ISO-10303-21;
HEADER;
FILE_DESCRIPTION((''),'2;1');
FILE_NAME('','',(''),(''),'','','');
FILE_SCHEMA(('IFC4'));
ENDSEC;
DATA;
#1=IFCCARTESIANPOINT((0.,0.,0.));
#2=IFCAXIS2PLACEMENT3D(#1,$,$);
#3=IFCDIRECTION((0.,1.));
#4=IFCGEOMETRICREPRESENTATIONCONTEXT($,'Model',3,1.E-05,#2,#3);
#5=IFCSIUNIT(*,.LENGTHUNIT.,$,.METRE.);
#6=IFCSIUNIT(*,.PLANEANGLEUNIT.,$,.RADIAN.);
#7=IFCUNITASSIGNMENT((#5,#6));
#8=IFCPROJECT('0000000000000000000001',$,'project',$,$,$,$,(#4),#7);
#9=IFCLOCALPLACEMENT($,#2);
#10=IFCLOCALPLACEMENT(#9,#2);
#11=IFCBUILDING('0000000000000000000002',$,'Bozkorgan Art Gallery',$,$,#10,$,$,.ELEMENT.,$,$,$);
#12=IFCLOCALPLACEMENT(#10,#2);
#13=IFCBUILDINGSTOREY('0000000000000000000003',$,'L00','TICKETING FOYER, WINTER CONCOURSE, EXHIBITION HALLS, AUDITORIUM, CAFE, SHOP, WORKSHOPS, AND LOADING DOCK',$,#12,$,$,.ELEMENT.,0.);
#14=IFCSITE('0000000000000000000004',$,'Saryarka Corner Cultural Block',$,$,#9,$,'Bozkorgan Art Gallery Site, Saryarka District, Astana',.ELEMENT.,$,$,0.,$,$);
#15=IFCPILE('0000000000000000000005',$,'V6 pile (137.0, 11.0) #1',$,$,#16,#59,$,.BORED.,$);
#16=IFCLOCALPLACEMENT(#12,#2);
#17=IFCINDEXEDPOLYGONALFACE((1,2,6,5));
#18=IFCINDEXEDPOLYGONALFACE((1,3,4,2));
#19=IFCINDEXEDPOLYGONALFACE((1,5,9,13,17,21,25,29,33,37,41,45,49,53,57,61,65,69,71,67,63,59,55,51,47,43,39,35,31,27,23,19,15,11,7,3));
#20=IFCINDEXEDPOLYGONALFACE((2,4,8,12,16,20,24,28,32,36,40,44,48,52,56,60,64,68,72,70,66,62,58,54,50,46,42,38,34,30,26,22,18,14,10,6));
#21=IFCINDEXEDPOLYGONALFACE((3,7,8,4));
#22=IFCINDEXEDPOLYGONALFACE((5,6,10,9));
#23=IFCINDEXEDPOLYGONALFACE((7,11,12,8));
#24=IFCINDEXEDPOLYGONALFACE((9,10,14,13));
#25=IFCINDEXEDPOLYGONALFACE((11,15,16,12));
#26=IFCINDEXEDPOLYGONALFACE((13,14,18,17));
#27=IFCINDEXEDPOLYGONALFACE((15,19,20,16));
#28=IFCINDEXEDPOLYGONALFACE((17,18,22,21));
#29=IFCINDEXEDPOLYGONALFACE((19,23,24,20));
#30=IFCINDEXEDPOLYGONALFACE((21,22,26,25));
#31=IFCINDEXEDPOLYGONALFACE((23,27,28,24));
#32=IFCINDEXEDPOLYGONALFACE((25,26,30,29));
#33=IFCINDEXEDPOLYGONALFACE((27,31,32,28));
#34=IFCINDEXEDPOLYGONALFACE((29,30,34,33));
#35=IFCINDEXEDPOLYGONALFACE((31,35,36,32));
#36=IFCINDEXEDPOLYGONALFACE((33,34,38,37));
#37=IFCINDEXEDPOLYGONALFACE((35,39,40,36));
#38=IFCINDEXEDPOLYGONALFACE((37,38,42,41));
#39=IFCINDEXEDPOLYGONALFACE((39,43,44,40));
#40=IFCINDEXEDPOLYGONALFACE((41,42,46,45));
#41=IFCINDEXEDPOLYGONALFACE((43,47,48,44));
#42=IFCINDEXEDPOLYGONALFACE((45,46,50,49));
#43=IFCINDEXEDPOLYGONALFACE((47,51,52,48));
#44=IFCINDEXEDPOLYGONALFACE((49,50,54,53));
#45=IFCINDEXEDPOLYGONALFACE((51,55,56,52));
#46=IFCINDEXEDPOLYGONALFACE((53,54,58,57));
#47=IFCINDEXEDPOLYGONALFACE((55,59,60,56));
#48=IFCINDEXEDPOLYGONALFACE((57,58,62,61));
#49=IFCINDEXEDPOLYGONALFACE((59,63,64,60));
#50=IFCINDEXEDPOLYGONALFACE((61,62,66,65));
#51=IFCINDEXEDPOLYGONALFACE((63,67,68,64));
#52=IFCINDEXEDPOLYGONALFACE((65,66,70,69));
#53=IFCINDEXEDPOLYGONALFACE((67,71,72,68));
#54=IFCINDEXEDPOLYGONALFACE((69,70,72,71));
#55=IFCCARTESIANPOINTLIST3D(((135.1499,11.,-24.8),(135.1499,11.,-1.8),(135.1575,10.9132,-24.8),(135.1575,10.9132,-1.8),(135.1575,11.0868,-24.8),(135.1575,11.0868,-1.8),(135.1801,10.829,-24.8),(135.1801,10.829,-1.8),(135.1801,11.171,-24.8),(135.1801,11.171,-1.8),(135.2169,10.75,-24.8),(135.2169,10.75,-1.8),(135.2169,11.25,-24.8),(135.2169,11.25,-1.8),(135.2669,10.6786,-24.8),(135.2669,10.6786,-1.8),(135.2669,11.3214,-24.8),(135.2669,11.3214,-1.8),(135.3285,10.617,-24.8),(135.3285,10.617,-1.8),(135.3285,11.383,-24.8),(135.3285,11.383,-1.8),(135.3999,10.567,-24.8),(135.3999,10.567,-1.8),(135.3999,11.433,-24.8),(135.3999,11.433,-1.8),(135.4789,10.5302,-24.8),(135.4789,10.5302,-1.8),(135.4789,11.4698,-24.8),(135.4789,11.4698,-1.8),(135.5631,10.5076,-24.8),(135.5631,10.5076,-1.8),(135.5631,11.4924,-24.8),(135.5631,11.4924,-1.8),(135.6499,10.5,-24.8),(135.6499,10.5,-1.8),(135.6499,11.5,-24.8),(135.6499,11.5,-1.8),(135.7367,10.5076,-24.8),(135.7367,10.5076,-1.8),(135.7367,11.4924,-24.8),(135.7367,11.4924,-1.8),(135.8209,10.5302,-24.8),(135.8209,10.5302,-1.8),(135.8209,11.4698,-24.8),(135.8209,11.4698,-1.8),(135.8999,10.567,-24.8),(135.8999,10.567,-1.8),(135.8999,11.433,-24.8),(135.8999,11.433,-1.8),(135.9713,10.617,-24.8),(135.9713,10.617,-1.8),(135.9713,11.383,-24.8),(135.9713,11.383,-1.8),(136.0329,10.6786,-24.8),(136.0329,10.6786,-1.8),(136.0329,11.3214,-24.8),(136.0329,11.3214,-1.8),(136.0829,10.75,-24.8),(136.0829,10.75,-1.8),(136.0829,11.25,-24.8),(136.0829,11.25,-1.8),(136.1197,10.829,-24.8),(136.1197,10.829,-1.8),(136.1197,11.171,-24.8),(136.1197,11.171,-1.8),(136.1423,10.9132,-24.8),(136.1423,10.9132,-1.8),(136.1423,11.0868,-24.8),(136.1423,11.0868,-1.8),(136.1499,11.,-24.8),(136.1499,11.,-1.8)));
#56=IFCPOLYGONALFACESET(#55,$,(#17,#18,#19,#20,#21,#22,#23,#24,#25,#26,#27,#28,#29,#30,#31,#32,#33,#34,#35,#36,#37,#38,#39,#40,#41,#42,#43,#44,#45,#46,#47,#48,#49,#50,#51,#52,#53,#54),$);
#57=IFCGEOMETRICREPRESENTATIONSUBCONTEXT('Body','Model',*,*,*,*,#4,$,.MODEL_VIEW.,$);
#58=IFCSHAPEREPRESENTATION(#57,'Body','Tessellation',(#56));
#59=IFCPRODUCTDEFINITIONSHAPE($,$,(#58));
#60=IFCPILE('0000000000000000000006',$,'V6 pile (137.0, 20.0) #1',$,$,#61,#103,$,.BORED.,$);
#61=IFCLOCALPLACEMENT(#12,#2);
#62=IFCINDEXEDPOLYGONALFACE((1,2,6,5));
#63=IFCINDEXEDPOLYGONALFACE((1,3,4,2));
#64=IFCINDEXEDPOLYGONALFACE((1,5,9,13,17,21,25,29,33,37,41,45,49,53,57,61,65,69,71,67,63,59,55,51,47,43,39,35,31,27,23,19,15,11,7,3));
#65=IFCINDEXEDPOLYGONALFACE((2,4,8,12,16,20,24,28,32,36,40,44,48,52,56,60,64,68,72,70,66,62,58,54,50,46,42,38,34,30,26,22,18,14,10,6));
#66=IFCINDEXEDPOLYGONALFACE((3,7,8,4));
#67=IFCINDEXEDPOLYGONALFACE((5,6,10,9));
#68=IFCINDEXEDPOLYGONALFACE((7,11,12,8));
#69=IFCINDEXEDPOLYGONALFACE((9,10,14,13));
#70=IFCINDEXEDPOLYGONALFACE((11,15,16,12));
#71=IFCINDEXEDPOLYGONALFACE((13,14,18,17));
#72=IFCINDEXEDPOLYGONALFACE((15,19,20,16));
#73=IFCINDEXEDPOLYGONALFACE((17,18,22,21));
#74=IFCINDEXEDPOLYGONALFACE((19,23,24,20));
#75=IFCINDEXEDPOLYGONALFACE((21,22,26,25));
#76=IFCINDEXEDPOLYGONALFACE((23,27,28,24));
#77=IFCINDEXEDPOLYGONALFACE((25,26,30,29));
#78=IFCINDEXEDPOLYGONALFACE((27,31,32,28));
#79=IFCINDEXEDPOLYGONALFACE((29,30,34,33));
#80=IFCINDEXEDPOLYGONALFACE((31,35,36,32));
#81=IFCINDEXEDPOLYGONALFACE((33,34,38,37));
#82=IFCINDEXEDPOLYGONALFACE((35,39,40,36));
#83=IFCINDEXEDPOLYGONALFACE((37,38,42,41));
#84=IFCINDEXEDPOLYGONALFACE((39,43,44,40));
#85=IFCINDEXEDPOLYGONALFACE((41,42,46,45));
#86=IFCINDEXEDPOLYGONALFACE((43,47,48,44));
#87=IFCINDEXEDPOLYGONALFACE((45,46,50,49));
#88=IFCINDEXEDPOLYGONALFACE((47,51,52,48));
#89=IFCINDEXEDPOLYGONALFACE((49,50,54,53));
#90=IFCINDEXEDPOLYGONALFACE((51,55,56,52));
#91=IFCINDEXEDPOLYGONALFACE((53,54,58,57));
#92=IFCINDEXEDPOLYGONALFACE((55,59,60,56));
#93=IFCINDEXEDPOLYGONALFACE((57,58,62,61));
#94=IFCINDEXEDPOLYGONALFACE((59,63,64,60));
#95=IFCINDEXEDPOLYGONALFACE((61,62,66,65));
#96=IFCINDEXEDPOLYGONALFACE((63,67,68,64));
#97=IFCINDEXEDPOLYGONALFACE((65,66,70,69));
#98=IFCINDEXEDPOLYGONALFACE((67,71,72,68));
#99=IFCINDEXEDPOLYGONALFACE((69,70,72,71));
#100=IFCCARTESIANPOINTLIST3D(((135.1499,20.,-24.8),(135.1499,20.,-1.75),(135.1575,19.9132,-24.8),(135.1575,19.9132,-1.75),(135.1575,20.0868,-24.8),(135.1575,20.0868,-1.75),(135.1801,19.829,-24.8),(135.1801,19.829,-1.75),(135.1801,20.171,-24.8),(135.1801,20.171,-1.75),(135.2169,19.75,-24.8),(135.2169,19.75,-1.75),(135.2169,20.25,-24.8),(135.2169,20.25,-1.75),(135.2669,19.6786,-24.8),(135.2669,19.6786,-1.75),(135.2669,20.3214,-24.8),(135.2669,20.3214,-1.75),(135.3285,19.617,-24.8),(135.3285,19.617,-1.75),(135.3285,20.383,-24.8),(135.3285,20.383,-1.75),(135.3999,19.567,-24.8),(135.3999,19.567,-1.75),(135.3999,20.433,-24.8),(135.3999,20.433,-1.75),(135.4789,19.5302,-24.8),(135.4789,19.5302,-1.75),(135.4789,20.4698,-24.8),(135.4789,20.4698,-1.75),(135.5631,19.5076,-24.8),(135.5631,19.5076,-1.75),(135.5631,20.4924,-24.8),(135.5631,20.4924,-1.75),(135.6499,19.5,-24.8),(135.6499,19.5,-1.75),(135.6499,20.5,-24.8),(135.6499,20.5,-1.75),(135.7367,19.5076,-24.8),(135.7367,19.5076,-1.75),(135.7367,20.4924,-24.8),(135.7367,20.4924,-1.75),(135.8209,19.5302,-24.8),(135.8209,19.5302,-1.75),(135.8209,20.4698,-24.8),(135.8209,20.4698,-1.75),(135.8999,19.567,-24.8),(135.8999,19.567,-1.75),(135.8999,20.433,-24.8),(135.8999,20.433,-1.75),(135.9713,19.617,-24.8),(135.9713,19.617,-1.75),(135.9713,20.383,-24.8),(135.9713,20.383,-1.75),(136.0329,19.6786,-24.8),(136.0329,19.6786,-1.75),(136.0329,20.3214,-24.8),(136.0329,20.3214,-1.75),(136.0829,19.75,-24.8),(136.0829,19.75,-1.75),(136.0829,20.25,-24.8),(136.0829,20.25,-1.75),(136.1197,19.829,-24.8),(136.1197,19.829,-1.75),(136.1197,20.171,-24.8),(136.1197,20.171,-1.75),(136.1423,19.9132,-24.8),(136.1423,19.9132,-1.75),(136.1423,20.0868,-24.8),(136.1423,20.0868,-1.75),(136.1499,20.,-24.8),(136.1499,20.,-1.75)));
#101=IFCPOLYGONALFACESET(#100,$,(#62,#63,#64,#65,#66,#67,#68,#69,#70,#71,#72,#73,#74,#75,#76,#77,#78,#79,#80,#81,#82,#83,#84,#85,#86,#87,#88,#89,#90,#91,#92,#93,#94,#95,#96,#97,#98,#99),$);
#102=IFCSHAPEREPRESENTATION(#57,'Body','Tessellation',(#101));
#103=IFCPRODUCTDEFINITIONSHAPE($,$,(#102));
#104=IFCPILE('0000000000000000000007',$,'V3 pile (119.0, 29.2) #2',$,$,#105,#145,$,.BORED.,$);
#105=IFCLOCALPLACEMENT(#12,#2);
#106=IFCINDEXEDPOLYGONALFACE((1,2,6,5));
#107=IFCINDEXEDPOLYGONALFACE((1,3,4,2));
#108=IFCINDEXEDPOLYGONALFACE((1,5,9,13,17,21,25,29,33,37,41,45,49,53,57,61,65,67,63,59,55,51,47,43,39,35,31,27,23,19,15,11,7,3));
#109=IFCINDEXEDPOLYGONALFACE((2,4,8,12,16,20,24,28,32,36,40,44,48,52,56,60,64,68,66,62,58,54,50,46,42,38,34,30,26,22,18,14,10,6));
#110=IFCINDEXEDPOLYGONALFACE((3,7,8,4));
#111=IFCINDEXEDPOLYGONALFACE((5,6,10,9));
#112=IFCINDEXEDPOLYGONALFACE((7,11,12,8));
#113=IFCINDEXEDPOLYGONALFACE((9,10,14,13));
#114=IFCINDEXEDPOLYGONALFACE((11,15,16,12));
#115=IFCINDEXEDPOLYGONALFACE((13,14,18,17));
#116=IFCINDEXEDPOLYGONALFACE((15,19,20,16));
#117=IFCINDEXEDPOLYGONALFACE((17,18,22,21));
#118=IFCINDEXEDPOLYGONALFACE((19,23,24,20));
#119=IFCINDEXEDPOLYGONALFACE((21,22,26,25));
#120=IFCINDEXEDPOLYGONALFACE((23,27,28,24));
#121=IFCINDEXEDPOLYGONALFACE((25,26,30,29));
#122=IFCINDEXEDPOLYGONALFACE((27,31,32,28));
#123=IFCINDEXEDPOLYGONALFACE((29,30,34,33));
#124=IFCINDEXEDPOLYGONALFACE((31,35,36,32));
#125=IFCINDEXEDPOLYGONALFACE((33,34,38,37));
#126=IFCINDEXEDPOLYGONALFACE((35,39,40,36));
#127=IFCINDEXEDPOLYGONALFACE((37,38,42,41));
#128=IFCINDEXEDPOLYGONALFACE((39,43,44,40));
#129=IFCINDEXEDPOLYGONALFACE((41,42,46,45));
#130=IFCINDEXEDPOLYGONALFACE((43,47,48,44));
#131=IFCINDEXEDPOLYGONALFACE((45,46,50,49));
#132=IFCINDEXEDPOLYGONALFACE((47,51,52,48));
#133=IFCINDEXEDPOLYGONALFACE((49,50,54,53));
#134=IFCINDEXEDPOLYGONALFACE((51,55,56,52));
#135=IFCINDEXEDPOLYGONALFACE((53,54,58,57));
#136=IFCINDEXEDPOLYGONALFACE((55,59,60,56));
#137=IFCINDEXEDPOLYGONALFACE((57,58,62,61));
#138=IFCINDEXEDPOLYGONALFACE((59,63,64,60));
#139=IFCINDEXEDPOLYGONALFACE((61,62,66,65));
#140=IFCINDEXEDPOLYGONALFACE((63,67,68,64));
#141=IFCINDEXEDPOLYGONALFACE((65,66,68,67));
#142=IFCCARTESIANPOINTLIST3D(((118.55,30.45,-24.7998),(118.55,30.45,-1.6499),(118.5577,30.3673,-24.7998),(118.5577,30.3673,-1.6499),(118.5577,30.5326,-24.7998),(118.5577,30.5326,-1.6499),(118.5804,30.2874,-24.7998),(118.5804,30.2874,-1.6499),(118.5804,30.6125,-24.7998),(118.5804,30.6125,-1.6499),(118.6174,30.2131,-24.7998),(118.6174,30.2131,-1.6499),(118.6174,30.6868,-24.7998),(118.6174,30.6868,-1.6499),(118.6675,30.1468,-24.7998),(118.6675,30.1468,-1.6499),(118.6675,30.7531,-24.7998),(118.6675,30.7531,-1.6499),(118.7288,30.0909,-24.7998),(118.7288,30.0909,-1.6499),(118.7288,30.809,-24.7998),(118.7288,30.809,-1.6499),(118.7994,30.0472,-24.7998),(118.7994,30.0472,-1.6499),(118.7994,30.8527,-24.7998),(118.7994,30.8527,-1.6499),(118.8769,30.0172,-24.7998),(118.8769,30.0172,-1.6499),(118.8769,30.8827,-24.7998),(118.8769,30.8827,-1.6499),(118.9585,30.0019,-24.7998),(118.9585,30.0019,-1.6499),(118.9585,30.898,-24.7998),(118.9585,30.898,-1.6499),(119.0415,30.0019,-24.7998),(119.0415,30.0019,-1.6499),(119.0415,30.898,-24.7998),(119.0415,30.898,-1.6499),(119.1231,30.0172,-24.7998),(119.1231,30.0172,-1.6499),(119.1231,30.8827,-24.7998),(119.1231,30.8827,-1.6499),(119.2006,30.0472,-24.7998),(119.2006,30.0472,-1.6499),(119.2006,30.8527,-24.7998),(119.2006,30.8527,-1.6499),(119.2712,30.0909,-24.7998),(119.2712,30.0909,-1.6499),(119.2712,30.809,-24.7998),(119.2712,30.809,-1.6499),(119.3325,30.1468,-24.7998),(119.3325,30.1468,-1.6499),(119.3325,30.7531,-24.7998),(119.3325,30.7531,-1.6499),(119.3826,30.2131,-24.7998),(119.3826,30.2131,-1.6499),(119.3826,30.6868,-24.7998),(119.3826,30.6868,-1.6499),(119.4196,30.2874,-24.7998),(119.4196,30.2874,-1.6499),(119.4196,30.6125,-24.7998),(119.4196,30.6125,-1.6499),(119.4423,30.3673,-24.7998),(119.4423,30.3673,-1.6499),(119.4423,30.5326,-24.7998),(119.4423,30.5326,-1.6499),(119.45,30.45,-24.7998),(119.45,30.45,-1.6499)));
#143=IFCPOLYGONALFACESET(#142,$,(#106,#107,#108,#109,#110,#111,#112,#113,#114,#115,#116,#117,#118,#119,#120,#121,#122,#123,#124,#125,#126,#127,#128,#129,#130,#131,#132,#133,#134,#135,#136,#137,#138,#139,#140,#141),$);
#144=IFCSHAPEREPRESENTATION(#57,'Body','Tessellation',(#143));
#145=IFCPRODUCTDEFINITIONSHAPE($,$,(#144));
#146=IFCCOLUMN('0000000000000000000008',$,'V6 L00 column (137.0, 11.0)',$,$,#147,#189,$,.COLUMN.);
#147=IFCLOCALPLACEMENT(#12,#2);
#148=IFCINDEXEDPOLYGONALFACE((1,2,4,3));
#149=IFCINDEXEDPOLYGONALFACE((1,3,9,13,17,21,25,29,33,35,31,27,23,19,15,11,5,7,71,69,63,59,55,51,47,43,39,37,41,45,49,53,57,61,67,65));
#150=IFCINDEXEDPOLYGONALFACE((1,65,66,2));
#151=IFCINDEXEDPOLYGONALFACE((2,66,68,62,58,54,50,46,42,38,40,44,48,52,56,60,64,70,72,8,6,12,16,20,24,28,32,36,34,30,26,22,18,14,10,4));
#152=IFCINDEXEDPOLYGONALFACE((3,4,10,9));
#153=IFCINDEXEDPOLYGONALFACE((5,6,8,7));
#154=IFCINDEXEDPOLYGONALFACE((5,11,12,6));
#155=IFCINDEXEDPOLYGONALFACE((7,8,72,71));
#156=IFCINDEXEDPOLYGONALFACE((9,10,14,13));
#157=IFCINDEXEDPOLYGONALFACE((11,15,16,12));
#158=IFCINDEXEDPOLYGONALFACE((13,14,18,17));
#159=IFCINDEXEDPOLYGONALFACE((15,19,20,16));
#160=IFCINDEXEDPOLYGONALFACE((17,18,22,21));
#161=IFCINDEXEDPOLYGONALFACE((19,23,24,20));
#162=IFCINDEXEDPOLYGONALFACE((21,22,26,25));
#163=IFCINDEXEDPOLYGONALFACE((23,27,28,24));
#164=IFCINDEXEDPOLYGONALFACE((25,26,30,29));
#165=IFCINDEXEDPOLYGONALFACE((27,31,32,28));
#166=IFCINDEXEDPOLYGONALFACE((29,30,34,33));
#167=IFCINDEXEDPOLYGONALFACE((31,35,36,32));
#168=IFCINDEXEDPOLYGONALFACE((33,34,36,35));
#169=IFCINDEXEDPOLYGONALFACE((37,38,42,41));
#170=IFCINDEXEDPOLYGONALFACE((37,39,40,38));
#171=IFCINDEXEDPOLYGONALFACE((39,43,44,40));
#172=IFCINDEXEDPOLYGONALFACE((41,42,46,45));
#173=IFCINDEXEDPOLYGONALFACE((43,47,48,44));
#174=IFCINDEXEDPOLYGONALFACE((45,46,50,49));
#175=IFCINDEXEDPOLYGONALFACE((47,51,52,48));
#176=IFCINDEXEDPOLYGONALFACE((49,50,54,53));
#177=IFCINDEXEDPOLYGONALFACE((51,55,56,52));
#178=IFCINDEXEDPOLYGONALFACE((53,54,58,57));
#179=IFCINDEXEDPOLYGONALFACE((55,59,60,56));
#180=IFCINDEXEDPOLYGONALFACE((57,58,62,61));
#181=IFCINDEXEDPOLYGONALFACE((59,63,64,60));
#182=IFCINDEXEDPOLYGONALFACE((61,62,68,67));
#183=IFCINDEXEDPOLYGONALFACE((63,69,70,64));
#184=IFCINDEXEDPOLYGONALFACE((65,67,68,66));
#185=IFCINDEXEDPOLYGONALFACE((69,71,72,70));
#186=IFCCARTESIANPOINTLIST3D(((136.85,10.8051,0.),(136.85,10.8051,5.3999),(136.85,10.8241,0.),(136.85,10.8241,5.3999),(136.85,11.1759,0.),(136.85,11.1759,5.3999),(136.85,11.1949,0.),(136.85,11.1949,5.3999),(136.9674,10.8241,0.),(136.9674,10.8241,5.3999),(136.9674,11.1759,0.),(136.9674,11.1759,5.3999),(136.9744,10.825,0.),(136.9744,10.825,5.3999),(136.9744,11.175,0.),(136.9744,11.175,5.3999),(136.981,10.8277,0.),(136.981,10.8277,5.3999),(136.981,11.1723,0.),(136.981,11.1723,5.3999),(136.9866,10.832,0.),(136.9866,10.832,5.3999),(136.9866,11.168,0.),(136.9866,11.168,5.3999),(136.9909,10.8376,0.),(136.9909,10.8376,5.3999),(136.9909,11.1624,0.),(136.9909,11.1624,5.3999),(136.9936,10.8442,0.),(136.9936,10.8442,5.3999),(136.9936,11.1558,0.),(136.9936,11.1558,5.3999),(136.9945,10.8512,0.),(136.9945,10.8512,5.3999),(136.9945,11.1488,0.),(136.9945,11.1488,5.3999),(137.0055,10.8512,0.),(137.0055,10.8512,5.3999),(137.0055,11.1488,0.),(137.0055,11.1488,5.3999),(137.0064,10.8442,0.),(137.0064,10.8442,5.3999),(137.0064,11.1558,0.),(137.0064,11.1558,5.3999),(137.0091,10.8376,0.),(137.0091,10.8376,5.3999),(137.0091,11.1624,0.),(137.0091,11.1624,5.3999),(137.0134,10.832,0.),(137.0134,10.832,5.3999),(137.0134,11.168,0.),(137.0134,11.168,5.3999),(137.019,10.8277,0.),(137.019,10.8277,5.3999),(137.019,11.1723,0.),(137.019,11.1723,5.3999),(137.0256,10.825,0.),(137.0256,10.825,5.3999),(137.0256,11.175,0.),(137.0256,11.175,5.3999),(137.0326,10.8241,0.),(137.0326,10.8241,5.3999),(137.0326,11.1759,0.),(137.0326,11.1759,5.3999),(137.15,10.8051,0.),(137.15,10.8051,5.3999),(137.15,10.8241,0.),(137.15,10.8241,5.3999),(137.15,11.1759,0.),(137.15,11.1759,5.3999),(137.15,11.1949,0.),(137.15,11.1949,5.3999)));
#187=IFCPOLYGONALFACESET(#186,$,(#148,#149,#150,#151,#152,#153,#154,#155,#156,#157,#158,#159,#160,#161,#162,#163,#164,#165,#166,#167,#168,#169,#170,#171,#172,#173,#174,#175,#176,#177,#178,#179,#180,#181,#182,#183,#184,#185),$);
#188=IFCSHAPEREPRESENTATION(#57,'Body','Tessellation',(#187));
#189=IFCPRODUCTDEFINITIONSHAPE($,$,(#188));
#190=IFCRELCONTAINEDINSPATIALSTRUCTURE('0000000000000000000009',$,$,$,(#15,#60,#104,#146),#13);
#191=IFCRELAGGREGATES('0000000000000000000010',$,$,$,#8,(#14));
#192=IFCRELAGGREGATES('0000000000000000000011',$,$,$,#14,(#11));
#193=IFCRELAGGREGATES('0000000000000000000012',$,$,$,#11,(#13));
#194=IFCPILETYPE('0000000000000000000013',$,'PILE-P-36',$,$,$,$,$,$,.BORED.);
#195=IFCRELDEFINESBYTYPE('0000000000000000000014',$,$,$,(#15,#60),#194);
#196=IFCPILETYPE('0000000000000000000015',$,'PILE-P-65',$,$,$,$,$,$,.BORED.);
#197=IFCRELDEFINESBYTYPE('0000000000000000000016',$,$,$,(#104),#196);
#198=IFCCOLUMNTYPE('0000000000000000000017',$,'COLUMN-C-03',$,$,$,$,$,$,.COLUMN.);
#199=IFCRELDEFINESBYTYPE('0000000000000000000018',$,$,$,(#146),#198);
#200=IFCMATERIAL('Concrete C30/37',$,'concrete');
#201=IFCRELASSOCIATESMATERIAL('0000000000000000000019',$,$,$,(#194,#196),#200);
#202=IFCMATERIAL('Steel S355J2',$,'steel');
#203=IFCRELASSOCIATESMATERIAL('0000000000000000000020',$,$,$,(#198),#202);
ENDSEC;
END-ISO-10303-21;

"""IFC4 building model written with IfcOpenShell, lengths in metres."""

from ifc_helpers import new_model, si_unit, direction, frame, origin, origin_2d, place, context, subcontext, project, spatial, circle, i_section, extrude, material, material_profile, profile_set, type_object, element, save


model = new_model("IFC4")

# Units and contexts
model_context = context("Model", 3, precision=1e-05, world=origin(), true_north=direction((0.0, 1.0)))
body_context = subcontext(model_context, "Body", "Model", "MODEL_VIEW")
ifc_project = project(units=[si_unit("LENGTHUNIT", "METRE"), si_unit("PLANEANGLEUNIT", "RADIAN")], contexts=[model_context])

# Site, building, storey
site_placement = place(None, origin())
site = spatial("IfcSite", under=ifc_project, at=site_placement, Name="Saryarka Corner Cultural Block", LongName="Bozkorgan Art Gallery Site, Saryarka District, Astana", CompositionType="ELEMENT", RefElevation=0.0)
building_placement = place(site_placement, origin())
building = spatial("IfcBuilding", under=site, at=building_placement, Name="Bozkorgan Art Gallery", CompositionType="ELEMENT")
storey_placement = place(building_placement, origin())
storey = spatial("IfcBuildingStorey", under=building, at=storey_placement, Name="L00", Description="TICKETING FOYER, WINTER CONCOURSE, EXHIBITION HALLS, AUDITORIUM, CAFE, SHOP, WORKSHOPS, AND LOADING DOCK", CompositionType="ELEMENT", Elevation=0.0)

# Shared definitions
ifc_material_1 = material(Name="Concrete C30/37", Category="concrete")

# Piles
ifc_material_profile_1 = material_profile(ifc_material_1, circle(Radius=0.5, at=origin_2d()), Name="PILE D1000")
ifc_profile_set_1 = profile_set([ifc_material_profile_1], Name="Concrete C30/37")
pile_type_1 = type_object("IfcPileType", Name="PILE-P-36", PredefinedType="BORED", material=ifc_profile_set_1)
pile_1_placement = place(storey_placement, frame((135.6499, 11.0, -1.8), z_axis=(0.0, 0.0, -1.0), x_axis=(1.0, 0.0, 0.0)))
element("IfcPile", 1, at=pile_1_placement, inside=storey, type_object=pile_type_1, Name="V6 pile (137.0, 11.0) #1", PredefinedType="BORED", context=body_context, shape_type="SweptSolid", body=[
    extrude(circle(Radius=0.5, at=origin_2d()), origin(), (0.0, 0.0, 1.0), 23.0),
])
pile_2_placement = place(storey_placement, frame((135.6499, 20.0, -1.75), z_axis=(0.0, 0.0, -1.0), x_axis=(1.0, 0.0, 0.0)))
element("IfcPile", 2, at=pile_2_placement, inside=storey, type_object=pile_type_1, Name="V6 pile (137.0, 20.0) #1", PredefinedType="BORED", context=body_context, shape_type="SweptSolid", body=[
    extrude(circle(Radius=0.5, at=origin_2d()), origin(), (0.0, 0.0, 1.0), 23.05),
])
ifc_material_profile_2 = material_profile(ifc_material_1, circle(Radius=0.45, at=origin_2d()), Name="PILE D900")
ifc_profile_set_2 = profile_set([ifc_material_profile_2], Name="Concrete C30/37")
pile_type_2 = type_object("IfcPileType", Name="PILE-P-65", PredefinedType="BORED", material=ifc_profile_set_2)
pile_3_placement = place(storey_placement, frame((119.0, 30.45, -1.6499), z_axis=(0.0, 0.0, -1.0), x_axis=(1.0, 0.0, 0.0)))
element("IfcPile", 3, at=pile_3_placement, inside=storey, type_object=pile_type_2, Name="V3 pile (119.0, 29.2) #2", PredefinedType="BORED", context=body_context, shape_type="SweptSolid", body=[
    extrude(circle(Radius=0.45, at=origin_2d()), origin(), (0.0, 0.0, 1.0), 23.1499),
])

# Column
ifc_material_2 = material(Name="Steel S355J2", Category="steel")
ifc_material_profile_3 = material_profile(ifc_material_2, i_section(OverallWidth=0.3, OverallDepth=0.3899, WebThickness=0.011, FlangeThickness=0.019, FilletRadius=0.0271, at=origin_2d()), Name="HEA 400")
ifc_profile_set_3 = profile_set([ifc_material_profile_3], Name="Steel S355J2")
column_type_1 = type_object("IfcColumnType", Name="COLUMN-C-03", PredefinedType="COLUMN", material=ifc_profile_set_3)
column_placement = place(storey_placement, frame((137.0, 11.0, 0.0), z_axis=(0.0, 0.0, 1.0), x_axis=(1.0, 0.0, 0.0)))
element("IfcColumn", 4, at=column_placement, inside=storey, type_object=column_type_1, Name="V6 L00 column (137.0, 11.0)", PredefinedType="COLUMN", context=body_context, shape_type="SweptSolid", body=[
    extrude(i_section(OverallWidth=0.3, OverallDepth=0.3899, WebThickness=0.011, FlangeThickness=0.019, FilletRadius=0.0271, at=origin_2d()), origin(), (0.0, 0.0, 1.0), 5.3999),
])

save(model, "model.ifc")
